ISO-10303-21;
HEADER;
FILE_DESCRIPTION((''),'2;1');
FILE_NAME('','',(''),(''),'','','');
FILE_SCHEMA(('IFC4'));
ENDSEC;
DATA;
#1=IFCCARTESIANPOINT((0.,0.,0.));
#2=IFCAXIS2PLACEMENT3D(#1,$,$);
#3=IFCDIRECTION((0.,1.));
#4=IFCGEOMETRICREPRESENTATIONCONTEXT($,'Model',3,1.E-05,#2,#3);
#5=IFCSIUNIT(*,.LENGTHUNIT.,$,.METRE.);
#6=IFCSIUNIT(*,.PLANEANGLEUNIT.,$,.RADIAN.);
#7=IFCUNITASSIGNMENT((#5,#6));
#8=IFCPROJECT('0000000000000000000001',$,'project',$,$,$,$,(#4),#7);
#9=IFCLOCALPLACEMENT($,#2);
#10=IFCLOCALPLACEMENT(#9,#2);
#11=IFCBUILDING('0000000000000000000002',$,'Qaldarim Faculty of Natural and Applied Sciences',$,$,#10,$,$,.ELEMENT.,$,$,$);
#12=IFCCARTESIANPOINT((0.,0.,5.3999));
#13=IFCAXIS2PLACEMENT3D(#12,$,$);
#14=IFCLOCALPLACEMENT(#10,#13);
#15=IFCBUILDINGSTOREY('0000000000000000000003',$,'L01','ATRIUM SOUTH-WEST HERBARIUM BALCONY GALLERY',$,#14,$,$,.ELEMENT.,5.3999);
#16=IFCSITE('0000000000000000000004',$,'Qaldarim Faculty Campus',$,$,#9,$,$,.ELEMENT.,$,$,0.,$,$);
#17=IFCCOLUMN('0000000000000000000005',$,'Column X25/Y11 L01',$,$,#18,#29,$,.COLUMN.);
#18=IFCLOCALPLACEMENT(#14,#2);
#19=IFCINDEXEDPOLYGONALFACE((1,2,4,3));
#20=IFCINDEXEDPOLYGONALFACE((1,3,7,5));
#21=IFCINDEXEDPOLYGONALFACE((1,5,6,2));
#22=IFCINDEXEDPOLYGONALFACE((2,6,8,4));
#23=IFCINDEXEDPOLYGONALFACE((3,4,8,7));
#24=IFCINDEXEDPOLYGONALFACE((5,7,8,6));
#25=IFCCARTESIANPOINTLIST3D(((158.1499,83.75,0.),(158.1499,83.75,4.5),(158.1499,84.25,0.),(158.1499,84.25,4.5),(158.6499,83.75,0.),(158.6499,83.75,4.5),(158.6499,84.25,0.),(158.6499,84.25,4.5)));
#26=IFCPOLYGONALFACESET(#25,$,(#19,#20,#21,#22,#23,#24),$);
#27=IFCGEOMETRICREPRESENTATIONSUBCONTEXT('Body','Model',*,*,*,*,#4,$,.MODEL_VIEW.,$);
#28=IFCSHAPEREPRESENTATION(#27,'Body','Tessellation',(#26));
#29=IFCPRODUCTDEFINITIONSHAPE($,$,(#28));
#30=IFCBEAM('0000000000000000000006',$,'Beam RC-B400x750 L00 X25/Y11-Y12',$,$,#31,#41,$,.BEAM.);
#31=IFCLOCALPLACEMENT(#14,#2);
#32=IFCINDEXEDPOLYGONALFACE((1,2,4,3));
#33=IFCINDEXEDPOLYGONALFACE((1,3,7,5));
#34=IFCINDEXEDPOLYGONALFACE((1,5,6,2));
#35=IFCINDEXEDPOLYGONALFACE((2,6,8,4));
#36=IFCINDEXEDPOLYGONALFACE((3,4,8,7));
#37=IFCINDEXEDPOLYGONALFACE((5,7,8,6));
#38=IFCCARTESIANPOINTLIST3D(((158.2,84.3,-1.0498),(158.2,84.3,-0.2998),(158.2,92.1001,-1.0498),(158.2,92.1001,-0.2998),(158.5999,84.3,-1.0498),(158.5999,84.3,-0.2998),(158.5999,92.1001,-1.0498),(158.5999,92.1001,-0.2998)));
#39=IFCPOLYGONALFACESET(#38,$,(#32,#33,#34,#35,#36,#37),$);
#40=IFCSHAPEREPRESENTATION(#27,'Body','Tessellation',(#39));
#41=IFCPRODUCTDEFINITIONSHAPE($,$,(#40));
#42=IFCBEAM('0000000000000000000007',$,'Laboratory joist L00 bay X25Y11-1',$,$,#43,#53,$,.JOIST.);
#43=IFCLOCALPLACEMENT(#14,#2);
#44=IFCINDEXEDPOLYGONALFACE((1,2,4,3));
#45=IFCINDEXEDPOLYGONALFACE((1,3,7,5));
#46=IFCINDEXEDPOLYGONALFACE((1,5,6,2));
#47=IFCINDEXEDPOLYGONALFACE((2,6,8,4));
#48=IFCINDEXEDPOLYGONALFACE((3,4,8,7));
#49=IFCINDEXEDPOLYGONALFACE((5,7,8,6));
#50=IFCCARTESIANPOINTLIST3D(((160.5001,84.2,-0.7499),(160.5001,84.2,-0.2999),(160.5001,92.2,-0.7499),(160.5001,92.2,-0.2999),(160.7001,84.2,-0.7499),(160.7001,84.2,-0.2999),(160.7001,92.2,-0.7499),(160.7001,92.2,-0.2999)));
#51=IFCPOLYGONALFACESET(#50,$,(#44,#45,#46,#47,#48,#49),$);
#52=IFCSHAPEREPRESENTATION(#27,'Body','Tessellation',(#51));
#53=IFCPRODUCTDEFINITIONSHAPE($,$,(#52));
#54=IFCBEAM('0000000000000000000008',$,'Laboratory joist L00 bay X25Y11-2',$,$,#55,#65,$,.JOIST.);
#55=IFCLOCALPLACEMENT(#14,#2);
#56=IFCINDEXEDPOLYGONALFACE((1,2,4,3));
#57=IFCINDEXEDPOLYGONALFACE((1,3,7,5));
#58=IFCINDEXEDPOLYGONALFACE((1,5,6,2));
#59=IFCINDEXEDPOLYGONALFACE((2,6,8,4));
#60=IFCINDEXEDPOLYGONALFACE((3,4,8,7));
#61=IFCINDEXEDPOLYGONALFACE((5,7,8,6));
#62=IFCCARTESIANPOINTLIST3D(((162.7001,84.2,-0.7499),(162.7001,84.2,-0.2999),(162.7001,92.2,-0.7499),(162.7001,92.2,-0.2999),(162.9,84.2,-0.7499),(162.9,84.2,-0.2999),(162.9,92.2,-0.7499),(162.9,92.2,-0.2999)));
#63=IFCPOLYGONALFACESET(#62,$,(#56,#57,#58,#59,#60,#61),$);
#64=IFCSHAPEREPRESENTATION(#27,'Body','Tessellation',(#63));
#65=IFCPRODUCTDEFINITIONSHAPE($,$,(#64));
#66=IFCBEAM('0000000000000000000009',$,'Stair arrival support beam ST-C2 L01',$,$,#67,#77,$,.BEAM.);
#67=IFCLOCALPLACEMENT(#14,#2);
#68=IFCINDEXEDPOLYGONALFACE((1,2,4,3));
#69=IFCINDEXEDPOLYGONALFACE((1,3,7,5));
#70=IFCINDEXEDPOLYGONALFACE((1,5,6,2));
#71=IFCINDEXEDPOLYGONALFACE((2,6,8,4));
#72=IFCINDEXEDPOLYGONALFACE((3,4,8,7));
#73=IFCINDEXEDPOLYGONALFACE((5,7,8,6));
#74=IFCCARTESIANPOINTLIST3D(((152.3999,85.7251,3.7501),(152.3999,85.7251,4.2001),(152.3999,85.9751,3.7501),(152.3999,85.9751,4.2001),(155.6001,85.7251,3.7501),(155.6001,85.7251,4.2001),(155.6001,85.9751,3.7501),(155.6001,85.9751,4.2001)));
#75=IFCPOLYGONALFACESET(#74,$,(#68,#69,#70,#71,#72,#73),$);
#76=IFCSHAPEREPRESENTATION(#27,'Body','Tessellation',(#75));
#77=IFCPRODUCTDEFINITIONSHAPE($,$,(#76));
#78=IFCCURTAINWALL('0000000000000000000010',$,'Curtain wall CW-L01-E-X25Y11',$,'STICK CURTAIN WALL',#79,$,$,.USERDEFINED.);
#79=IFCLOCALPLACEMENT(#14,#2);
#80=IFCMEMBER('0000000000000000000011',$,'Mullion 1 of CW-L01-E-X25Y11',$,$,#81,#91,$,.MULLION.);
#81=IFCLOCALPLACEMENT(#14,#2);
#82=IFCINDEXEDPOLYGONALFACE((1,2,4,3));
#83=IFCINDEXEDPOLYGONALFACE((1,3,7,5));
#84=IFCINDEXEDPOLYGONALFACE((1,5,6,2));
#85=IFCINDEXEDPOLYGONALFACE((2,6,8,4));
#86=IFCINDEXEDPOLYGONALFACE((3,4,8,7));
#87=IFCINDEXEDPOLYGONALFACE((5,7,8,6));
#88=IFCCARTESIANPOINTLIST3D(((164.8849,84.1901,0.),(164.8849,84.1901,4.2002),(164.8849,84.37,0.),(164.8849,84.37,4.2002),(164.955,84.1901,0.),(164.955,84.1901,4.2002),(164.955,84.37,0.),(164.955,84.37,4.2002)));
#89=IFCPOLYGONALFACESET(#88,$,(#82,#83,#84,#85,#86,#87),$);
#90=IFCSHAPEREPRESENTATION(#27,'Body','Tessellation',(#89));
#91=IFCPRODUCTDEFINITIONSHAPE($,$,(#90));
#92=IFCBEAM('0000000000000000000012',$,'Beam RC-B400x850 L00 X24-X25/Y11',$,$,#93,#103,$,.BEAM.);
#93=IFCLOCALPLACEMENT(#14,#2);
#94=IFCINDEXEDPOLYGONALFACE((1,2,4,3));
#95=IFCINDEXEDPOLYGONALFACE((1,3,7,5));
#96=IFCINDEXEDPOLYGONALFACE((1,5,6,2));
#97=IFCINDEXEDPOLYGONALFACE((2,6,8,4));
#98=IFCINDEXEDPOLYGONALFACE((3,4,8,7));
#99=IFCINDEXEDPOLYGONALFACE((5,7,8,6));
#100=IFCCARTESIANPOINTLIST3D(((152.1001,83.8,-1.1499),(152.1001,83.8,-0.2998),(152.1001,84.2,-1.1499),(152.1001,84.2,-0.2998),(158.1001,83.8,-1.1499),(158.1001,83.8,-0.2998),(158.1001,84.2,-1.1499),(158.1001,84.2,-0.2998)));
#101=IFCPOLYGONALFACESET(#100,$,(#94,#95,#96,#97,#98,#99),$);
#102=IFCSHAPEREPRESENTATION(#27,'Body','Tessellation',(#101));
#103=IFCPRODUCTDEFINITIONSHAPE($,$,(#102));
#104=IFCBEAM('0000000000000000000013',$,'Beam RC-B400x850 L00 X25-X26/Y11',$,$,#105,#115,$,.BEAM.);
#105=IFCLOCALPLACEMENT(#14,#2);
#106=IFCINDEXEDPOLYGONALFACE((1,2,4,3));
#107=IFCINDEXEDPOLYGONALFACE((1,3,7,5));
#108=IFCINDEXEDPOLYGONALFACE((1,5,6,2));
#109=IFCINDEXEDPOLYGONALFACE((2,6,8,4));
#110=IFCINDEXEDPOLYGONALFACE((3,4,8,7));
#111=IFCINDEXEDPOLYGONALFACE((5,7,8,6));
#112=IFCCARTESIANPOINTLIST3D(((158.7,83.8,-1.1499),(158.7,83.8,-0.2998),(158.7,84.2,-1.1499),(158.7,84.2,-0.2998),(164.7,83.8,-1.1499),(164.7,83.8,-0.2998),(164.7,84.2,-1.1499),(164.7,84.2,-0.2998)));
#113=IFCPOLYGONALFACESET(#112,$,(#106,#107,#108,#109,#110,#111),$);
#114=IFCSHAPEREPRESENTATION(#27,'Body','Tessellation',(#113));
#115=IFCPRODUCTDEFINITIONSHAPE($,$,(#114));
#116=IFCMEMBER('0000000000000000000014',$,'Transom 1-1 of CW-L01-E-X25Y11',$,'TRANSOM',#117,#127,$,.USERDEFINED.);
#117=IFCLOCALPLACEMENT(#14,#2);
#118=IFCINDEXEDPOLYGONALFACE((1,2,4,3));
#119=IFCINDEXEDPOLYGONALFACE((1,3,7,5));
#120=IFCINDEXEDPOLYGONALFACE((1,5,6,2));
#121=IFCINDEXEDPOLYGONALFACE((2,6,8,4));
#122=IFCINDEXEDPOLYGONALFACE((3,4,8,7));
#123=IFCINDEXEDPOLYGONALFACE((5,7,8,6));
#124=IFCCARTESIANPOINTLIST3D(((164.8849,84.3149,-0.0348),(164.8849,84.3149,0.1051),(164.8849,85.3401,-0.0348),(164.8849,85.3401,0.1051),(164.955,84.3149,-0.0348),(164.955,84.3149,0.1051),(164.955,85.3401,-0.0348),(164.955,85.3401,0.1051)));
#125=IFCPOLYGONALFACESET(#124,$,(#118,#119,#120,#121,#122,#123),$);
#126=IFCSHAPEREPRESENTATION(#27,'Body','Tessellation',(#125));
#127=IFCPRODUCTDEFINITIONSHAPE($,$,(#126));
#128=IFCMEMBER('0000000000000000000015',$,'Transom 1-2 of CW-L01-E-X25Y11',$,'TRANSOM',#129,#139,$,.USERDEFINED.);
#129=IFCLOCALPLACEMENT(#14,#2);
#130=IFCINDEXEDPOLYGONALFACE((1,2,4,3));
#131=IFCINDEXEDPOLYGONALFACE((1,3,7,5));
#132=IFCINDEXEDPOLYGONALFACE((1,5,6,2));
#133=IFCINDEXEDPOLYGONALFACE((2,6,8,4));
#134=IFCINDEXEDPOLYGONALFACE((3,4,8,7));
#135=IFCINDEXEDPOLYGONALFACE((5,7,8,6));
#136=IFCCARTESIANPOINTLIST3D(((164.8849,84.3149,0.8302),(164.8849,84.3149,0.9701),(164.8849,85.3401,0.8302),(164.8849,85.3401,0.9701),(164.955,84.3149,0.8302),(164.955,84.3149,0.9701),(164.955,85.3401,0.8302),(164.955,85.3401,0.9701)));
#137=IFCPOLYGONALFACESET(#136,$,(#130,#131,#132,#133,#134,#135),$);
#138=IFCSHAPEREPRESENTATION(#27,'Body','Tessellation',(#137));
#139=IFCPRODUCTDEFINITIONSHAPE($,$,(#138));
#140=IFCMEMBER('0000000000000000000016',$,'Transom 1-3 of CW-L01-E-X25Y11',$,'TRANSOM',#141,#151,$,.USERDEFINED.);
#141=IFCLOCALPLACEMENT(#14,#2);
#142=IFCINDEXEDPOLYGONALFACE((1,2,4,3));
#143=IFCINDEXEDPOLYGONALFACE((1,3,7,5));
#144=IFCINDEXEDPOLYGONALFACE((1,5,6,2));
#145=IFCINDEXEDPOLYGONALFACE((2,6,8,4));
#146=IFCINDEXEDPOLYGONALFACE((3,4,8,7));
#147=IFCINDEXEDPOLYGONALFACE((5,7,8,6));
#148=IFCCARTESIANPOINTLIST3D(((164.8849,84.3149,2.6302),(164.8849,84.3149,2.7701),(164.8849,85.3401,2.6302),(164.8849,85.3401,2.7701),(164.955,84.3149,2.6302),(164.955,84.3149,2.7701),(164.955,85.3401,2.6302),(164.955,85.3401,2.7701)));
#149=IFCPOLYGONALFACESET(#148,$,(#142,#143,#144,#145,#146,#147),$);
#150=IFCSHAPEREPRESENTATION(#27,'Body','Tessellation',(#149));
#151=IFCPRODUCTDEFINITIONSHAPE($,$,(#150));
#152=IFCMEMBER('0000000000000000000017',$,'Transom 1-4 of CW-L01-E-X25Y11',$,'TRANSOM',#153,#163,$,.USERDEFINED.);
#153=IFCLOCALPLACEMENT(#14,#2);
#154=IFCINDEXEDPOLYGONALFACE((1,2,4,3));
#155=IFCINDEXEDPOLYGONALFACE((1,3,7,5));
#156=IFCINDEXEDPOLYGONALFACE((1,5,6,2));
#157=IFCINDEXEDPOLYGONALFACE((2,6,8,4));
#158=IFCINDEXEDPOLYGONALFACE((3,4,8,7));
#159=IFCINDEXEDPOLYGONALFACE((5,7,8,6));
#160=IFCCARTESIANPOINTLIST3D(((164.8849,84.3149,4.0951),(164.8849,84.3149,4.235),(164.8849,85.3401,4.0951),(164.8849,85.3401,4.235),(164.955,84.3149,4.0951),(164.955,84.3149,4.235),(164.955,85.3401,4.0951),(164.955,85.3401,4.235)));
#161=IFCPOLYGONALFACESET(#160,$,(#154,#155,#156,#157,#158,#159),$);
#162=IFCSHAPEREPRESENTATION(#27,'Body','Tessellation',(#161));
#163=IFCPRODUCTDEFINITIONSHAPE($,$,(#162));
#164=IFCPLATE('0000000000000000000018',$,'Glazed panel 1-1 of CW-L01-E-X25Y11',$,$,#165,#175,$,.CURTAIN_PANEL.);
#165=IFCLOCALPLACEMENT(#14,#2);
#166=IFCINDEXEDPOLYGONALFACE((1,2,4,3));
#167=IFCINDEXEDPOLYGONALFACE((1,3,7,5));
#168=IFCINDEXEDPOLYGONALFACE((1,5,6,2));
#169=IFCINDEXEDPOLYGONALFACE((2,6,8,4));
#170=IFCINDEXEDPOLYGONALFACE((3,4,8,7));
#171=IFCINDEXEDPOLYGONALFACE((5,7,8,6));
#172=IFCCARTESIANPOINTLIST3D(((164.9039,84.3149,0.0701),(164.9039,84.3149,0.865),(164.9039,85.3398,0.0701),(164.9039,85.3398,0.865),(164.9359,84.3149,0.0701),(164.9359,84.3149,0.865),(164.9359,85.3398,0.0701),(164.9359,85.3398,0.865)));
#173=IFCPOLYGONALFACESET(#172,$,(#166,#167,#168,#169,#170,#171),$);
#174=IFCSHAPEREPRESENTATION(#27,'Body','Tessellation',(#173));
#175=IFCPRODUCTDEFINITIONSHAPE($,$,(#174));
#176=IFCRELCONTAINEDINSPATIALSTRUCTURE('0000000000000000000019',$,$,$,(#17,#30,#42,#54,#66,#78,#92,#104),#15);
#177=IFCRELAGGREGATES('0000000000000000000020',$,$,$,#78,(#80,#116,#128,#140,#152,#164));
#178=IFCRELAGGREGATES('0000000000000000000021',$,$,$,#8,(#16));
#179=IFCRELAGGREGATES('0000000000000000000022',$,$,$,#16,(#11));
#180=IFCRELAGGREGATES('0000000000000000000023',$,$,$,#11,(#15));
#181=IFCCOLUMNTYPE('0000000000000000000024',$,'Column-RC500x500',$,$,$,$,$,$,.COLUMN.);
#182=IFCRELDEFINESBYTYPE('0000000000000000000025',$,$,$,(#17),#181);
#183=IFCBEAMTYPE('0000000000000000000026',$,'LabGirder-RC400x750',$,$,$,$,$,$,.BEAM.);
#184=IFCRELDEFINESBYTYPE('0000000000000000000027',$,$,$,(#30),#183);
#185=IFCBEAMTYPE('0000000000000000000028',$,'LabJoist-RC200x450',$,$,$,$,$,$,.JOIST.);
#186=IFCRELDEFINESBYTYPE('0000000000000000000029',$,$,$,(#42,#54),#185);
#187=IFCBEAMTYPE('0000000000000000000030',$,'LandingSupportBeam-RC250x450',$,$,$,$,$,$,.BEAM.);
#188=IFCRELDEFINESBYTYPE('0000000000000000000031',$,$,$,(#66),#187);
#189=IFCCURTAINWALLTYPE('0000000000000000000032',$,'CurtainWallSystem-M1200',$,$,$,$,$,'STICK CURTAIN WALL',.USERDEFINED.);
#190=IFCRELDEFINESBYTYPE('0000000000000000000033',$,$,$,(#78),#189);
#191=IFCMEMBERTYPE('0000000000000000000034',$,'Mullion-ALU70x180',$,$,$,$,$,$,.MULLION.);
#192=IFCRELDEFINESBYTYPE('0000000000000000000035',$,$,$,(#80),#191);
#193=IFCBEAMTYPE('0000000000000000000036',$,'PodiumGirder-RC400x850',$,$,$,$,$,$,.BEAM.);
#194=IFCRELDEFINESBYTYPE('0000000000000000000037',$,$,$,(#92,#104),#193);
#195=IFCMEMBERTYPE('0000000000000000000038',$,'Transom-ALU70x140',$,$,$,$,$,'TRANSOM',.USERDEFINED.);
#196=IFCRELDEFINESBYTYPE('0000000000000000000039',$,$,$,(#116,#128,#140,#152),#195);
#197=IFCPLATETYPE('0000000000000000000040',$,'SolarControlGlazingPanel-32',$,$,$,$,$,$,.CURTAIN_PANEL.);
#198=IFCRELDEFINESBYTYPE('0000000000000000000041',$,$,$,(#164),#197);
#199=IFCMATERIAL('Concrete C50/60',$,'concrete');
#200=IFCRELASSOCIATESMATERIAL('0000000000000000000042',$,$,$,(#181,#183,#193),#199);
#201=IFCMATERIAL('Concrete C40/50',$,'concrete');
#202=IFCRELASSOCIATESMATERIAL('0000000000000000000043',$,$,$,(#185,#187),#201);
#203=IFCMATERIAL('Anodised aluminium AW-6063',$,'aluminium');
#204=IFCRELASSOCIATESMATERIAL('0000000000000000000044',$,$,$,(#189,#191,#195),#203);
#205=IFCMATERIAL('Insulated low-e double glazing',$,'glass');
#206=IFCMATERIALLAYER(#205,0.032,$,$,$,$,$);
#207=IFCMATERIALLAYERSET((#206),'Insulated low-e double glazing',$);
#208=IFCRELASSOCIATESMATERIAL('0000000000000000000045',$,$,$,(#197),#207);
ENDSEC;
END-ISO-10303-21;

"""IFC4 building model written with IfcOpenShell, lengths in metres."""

from ifc_helpers import new_model, si_unit, direction, frame, origin, origin_2d, place, context, subcontext, project, spatial, rectangle, extrude, material, layer, layer_set, material_profile, profile_set, type_object, element, aggregate, save


model = new_model("IFC4")

# Units and contexts
model_context = context("Model", 3, precision=1e-05, world=origin(), true_north=direction((0.0, 1.0)))
body_context = subcontext(model_context, "Body", "Model", "MODEL_VIEW")
ifc_project = project(units=[si_unit("LENGTHUNIT", "METRE"), si_unit("PLANEANGLEUNIT", "RADIAN")], contexts=[model_context])

# Site, building, storey
site_placement = place(None, origin())
site = spatial("IfcSite", under=ifc_project, at=site_placement, Name="Qaldarim Faculty Campus", CompositionType="ELEMENT", RefElevation=0.0)
building_placement = place(site_placement, origin())
building = spatial("IfcBuilding", under=site, at=building_placement, Name="Qaldarim Faculty of Natural and Applied Sciences", CompositionType="ELEMENT")
storey_placement = place(building_placement, frame((0.0, 0.0, 5.3999)))
storey = spatial("IfcBuildingStorey", under=building, at=storey_placement, Name="L01", Description="ATRIUM SOUTH-WEST HERBARIUM BALCONY GALLERY", CompositionType="ELEMENT", Elevation=5.3999)

# Column
ifc_material_1 = material(Name="Concrete C50/60", Category="concrete")
ifc_material_profile_1 = material_profile(ifc_material_1, rectangle(XDim=0.5, YDim=0.5, at=origin_2d()), Name="RC-C500x500")
ifc_profile_set_1 = profile_set([ifc_material_profile_1], Name="Concrete C50/60")
column_type = type_object("IfcColumnType", Name="Column-RC500x500", PredefinedType="COLUMN", material=ifc_profile_set_1)
column_placement = place(storey_placement, frame((158.3999, 84.0, 0.0), z_axis=(0.0, 0.0, 1.0), x_axis=(1.0, 0.0, 0.0)))
element("IfcColumn", 1, at=column_placement, inside=storey, type_object=column_type, Name="Column X25/Y11 L01", PredefinedType="COLUMN", context=body_context, shape_type="SweptSolid", body=[
    extrude(rectangle(XDim=0.5, YDim=0.5, at=origin_2d()), origin(), (0.0, 0.0, 1.0), 4.5),
])

# Beams
ifc_material_profile_2 = material_profile(ifc_material_1, rectangle(XDim=0.3999, YDim=0.75, at=origin_2d()), Name="RC-B400x750")
ifc_profile_set_2 = profile_set([ifc_material_profile_2], Name="Concrete C50/60")
beam_type_1 = type_object("IfcBeamType", Name="LabGirder-RC400x750", PredefinedType="BEAM", material=ifc_profile_set_2)
beam_1_placement = place(storey_placement, frame((158.3999, 84.3, -0.6748), z_axis=(0.0, 1.0, 0.0), x_axis=(-1.0, 0.0, 0.0)))
element("IfcBeam", 2, at=beam_1_placement, inside=storey, type_object=beam_type_1, Name="Beam RC-B400x750 L00 X25/Y11-Y12", PredefinedType="BEAM", context=body_context, shape_type="SweptSolid", body=[
    extrude(rectangle(XDim=0.3999, YDim=0.75, at=origin_2d()), origin(), (0.0, 0.0, 1.0), 7.8),
])
ifc_material_2 = material(Name="Concrete C40/50", Category="concrete")
ifc_material_profile_3 = material_profile(ifc_material_2, rectangle(XDim=0.2, YDim=0.45, at=origin_2d()), Name="RC-J200x450")
ifc_profile_set_3 = profile_set([ifc_material_profile_3], Name="Concrete C40/50")
beam_type_2 = type_object("IfcBeamType", Name="LabJoist-RC200x450", PredefinedType="JOIST", material=ifc_profile_set_3)
for number, where, z_axis, x_axis, name in (
    (3, (160.6001, 84.2, -0.5249), (0.0, 1.0, 0.0), (-1.0, 0.0, 0.0), "Laboratory joist L00 bay X25Y11-1"),
    (4, (162.8, 84.2, -0.5249), (0.0, 1.0, 0.0), (-1.0, 0.0, 0.0), "Laboratory joist L00 bay X25Y11-2"),
):
    element("IfcBeam", number, at=place(storey_placement, frame(where, z_axis=z_axis, x_axis=x_axis)), inside=storey, type_object=beam_type_2, Name=name, PredefinedType="JOIST", context=body_context, shape_type="SweptSolid", body=[
        extrude(rectangle(XDim=0.2, YDim=0.45, at=origin_2d()), origin(), (0.0, 0.0, 1.0), 8.0),
    ])
ifc_material_profile_4 = material_profile(ifc_material_2, rectangle(XDim=0.25, YDim=0.45, at=origin_2d()), Name="RC-LN250x450")
ifc_profile_set_4 = profile_set([ifc_material_profile_4], Name="Concrete C40/50")
beam_type_3 = type_object("IfcBeamType", Name="LandingSupportBeam-RC250x450", PredefinedType="BEAM", material=ifc_profile_set_4)
beam_2_placement = place(storey_placement, frame((152.3999, 85.8501, 3.9751), z_axis=(1.0, 0.0, 0.0), x_axis=(0.0, 1.0, 0.0)))
element("IfcBeam", 5, at=beam_2_placement, inside=storey, type_object=beam_type_3, Name="Stair arrival support beam ST-C2 L01", PredefinedType="BEAM", context=body_context, shape_type="SweptSolid", body=[
    extrude(rectangle(XDim=0.25, YDim=0.45, at=origin_2d()), origin(), (0.0, 0.0, 1.0), 3.2002),
])

# Curtain wall, member
ifc_material_3 = material(Name="Anodised aluminium AW-6063", Category="aluminium")
curtain_wall_type = type_object("IfcCurtainWallType", Name="CurtainWallSystem-M1200", ElementType="STICK CURTAIN WALL", PredefinedType="USERDEFINED", material=ifc_material_3)
curtain_wall_placement = place(storey_placement, origin())
curtain_wall = element("IfcCurtainWall", 6, at=curtain_wall_placement, inside=storey, type_object=curtain_wall_type, Name="Curtain wall CW-L01-E-X25Y11", ObjectType="STICK CURTAIN WALL", PredefinedType="USERDEFINED")
ifc_material_profile_5 = material_profile(ifc_material_3, rectangle(XDim=0.0701, YDim=0.1799, at=origin_2d()), Name="ALU-M70x180")
ifc_profile_set_5 = profile_set([ifc_material_profile_5], Name="Anodised aluminium AW-6063")
member_type_1 = type_object("IfcMemberType", Name="Mullion-ALU70x180", PredefinedType="MULLION", material=ifc_profile_set_5)
member_1_placement = place(storey_placement, frame((164.9199, 84.28, 0.0), z_axis=(0.0, 0.0, 1.0), x_axis=(-1.0, 0.0, 0.0)))
member_1 = element("IfcMember", 7, at=member_1_placement, type_object=member_type_1, Name="Mullion 1 of CW-L01-E-X25Y11", PredefinedType="MULLION", context=body_context, shape_type="SweptSolid", body=[
    extrude(rectangle(XDim=0.0701, YDim=0.1799, at=origin_2d()), origin(), (0.0, 0.0, 1.0), 4.2002),
])

# Beams
ifc_material_profile_6 = material_profile(ifc_material_1, rectangle(XDim=0.3999, YDim=0.8501, at=origin_2d()), Name="RC-B400x850")
ifc_profile_set_6 = profile_set([ifc_material_profile_6], Name="Concrete C50/60")
beam_type_4 = type_object("IfcBeamType", Name="PodiumGirder-RC400x850", PredefinedType="BEAM", material=ifc_profile_set_6)
for number, where, z_axis, x_axis, name in (
    (8, (152.1001, 84.0, -0.7249), (1.0, 0.0, 0.0), (0.0, 1.0, 0.0), "Beam RC-B400x850 L00 X24-X25/Y11"),
    (9, (158.7, 84.0, -0.7249), (1.0, 0.0, 0.0), (0.0, 1.0, 0.0), "Beam RC-B400x850 L00 X25-X26/Y11"),
):
    element("IfcBeam", number, at=place(storey_placement, frame(where, z_axis=z_axis, x_axis=x_axis)), inside=storey, type_object=beam_type_4, Name=name, PredefinedType="BEAM", context=body_context, shape_type="SweptSolid", body=[
        extrude(rectangle(XDim=0.3999, YDim=0.8501, at=origin_2d()), origin(), (0.0, 0.0, 1.0), 6.0),
    ])

# Members
ifc_material_profile_7 = material_profile(ifc_material_3, rectangle(XDim=0.0701, YDim=0.1399, at=origin_2d()), Name="ALU-T70x140")
ifc_profile_set_7 = profile_set([ifc_material_profile_7], Name="Anodised aluminium AW-6063")
member_type_2 = type_object("IfcMemberType", Name="Transom-ALU70x140", ElementType="TRANSOM", PredefinedType="USERDEFINED", material=ifc_profile_set_7)
member_2_placement = place(storey_placement, frame((164.9199, 84.3149, 0.0352), z_axis=(0.0, 1.0, 0.0), x_axis=(-1.0, 0.0, 0.0)))
member_2 = element("IfcMember", 10, at=member_2_placement, type_object=member_type_2, Name="Transom 1-1 of CW-L01-E-X25Y11", ObjectType="TRANSOM", PredefinedType="USERDEFINED", context=body_context, shape_type="SweptSolid", body=[
    extrude(rectangle(XDim=0.0701, YDim=0.1399, at=origin_2d()), origin(), (0.0, 0.0, 1.0), 1.0251),
])
member_3_placement = place(storey_placement, frame((164.9199, 84.3149, 0.9001), z_axis=(0.0, 1.0, 0.0), x_axis=(-1.0, 0.0, 0.0)))
member_3 = element("IfcMember", 11, at=member_3_placement, type_object=member_type_2, Name="Transom 1-2 of CW-L01-E-X25Y11", ObjectType="TRANSOM", PredefinedType="USERDEFINED", context=body_context, shape_type="SweptSolid", body=[
    extrude(rectangle(XDim=0.0701, YDim=0.1399, at=origin_2d()), origin(), (0.0, 0.0, 1.0), 1.0251),
])
member_4_placement = place(storey_placement, frame((164.9199, 84.3149, 2.7002), z_axis=(0.0, 1.0, 0.0), x_axis=(-1.0, 0.0, 0.0)))
member_4 = element("IfcMember", 12, at=member_4_placement, type_object=member_type_2, Name="Transom 1-3 of CW-L01-E-X25Y11", ObjectType="TRANSOM", PredefinedType="USERDEFINED", context=body_context, shape_type="SweptSolid", body=[
    extrude(rectangle(XDim=0.0701, YDim=0.1399, at=origin_2d()), origin(), (0.0, 0.0, 1.0), 1.0251),
])
member_5_placement = place(storey_placement, frame((164.9199, 84.3149, 4.165), z_axis=(0.0, 1.0, 0.0), x_axis=(-1.0, 0.0, 0.0)))
member_5 = element("IfcMember", 13, at=member_5_placement, type_object=member_type_2, Name="Transom 1-4 of CW-L01-E-X25Y11", ObjectType="TRANSOM", PredefinedType="USERDEFINED", context=body_context, shape_type="SweptSolid", body=[
    extrude(rectangle(XDim=0.0701, YDim=0.1399, at=origin_2d()), origin(), (0.0, 0.0, 1.0), 1.0251),
])

# Plate
ifc_material_4 = material(Name="Insulated low-e double glazing", Category="glass")
ifc_layer_1 = layer(ifc_material_4, 0.032)
ifc_layer_set_1 = layer_set([ifc_layer_1], Name="Insulated low-e double glazing")
plate_type = type_object("IfcPlateType", Name="SolarControlGlazingPanel-32", PredefinedType="CURTAIN_PANEL", material=ifc_layer_set_1)
plate_placement = place(storey_placement, frame((164.9199, 84.8274, 0.0701), z_axis=(0.0, 0.0, 1.0), x_axis=(0.0, 1.0, 0.0)))
plate = element("IfcPlate", 14, at=plate_placement, type_object=plate_type, Name="Glazed panel 1-1 of CW-L01-E-X25Y11", PredefinedType="CURTAIN_PANEL", context=body_context, shape_type="SweptSolid", body=[
    extrude(rectangle(XDim=1.0249, YDim=0.032, at=origin_2d()), origin(), (0.0, 0.0, 1.0), 0.7949),
])
aggregate(curtain_wall, [member_1, member_2, member_3, member_4, member_5, plate])

save(model, "model.ifc")
